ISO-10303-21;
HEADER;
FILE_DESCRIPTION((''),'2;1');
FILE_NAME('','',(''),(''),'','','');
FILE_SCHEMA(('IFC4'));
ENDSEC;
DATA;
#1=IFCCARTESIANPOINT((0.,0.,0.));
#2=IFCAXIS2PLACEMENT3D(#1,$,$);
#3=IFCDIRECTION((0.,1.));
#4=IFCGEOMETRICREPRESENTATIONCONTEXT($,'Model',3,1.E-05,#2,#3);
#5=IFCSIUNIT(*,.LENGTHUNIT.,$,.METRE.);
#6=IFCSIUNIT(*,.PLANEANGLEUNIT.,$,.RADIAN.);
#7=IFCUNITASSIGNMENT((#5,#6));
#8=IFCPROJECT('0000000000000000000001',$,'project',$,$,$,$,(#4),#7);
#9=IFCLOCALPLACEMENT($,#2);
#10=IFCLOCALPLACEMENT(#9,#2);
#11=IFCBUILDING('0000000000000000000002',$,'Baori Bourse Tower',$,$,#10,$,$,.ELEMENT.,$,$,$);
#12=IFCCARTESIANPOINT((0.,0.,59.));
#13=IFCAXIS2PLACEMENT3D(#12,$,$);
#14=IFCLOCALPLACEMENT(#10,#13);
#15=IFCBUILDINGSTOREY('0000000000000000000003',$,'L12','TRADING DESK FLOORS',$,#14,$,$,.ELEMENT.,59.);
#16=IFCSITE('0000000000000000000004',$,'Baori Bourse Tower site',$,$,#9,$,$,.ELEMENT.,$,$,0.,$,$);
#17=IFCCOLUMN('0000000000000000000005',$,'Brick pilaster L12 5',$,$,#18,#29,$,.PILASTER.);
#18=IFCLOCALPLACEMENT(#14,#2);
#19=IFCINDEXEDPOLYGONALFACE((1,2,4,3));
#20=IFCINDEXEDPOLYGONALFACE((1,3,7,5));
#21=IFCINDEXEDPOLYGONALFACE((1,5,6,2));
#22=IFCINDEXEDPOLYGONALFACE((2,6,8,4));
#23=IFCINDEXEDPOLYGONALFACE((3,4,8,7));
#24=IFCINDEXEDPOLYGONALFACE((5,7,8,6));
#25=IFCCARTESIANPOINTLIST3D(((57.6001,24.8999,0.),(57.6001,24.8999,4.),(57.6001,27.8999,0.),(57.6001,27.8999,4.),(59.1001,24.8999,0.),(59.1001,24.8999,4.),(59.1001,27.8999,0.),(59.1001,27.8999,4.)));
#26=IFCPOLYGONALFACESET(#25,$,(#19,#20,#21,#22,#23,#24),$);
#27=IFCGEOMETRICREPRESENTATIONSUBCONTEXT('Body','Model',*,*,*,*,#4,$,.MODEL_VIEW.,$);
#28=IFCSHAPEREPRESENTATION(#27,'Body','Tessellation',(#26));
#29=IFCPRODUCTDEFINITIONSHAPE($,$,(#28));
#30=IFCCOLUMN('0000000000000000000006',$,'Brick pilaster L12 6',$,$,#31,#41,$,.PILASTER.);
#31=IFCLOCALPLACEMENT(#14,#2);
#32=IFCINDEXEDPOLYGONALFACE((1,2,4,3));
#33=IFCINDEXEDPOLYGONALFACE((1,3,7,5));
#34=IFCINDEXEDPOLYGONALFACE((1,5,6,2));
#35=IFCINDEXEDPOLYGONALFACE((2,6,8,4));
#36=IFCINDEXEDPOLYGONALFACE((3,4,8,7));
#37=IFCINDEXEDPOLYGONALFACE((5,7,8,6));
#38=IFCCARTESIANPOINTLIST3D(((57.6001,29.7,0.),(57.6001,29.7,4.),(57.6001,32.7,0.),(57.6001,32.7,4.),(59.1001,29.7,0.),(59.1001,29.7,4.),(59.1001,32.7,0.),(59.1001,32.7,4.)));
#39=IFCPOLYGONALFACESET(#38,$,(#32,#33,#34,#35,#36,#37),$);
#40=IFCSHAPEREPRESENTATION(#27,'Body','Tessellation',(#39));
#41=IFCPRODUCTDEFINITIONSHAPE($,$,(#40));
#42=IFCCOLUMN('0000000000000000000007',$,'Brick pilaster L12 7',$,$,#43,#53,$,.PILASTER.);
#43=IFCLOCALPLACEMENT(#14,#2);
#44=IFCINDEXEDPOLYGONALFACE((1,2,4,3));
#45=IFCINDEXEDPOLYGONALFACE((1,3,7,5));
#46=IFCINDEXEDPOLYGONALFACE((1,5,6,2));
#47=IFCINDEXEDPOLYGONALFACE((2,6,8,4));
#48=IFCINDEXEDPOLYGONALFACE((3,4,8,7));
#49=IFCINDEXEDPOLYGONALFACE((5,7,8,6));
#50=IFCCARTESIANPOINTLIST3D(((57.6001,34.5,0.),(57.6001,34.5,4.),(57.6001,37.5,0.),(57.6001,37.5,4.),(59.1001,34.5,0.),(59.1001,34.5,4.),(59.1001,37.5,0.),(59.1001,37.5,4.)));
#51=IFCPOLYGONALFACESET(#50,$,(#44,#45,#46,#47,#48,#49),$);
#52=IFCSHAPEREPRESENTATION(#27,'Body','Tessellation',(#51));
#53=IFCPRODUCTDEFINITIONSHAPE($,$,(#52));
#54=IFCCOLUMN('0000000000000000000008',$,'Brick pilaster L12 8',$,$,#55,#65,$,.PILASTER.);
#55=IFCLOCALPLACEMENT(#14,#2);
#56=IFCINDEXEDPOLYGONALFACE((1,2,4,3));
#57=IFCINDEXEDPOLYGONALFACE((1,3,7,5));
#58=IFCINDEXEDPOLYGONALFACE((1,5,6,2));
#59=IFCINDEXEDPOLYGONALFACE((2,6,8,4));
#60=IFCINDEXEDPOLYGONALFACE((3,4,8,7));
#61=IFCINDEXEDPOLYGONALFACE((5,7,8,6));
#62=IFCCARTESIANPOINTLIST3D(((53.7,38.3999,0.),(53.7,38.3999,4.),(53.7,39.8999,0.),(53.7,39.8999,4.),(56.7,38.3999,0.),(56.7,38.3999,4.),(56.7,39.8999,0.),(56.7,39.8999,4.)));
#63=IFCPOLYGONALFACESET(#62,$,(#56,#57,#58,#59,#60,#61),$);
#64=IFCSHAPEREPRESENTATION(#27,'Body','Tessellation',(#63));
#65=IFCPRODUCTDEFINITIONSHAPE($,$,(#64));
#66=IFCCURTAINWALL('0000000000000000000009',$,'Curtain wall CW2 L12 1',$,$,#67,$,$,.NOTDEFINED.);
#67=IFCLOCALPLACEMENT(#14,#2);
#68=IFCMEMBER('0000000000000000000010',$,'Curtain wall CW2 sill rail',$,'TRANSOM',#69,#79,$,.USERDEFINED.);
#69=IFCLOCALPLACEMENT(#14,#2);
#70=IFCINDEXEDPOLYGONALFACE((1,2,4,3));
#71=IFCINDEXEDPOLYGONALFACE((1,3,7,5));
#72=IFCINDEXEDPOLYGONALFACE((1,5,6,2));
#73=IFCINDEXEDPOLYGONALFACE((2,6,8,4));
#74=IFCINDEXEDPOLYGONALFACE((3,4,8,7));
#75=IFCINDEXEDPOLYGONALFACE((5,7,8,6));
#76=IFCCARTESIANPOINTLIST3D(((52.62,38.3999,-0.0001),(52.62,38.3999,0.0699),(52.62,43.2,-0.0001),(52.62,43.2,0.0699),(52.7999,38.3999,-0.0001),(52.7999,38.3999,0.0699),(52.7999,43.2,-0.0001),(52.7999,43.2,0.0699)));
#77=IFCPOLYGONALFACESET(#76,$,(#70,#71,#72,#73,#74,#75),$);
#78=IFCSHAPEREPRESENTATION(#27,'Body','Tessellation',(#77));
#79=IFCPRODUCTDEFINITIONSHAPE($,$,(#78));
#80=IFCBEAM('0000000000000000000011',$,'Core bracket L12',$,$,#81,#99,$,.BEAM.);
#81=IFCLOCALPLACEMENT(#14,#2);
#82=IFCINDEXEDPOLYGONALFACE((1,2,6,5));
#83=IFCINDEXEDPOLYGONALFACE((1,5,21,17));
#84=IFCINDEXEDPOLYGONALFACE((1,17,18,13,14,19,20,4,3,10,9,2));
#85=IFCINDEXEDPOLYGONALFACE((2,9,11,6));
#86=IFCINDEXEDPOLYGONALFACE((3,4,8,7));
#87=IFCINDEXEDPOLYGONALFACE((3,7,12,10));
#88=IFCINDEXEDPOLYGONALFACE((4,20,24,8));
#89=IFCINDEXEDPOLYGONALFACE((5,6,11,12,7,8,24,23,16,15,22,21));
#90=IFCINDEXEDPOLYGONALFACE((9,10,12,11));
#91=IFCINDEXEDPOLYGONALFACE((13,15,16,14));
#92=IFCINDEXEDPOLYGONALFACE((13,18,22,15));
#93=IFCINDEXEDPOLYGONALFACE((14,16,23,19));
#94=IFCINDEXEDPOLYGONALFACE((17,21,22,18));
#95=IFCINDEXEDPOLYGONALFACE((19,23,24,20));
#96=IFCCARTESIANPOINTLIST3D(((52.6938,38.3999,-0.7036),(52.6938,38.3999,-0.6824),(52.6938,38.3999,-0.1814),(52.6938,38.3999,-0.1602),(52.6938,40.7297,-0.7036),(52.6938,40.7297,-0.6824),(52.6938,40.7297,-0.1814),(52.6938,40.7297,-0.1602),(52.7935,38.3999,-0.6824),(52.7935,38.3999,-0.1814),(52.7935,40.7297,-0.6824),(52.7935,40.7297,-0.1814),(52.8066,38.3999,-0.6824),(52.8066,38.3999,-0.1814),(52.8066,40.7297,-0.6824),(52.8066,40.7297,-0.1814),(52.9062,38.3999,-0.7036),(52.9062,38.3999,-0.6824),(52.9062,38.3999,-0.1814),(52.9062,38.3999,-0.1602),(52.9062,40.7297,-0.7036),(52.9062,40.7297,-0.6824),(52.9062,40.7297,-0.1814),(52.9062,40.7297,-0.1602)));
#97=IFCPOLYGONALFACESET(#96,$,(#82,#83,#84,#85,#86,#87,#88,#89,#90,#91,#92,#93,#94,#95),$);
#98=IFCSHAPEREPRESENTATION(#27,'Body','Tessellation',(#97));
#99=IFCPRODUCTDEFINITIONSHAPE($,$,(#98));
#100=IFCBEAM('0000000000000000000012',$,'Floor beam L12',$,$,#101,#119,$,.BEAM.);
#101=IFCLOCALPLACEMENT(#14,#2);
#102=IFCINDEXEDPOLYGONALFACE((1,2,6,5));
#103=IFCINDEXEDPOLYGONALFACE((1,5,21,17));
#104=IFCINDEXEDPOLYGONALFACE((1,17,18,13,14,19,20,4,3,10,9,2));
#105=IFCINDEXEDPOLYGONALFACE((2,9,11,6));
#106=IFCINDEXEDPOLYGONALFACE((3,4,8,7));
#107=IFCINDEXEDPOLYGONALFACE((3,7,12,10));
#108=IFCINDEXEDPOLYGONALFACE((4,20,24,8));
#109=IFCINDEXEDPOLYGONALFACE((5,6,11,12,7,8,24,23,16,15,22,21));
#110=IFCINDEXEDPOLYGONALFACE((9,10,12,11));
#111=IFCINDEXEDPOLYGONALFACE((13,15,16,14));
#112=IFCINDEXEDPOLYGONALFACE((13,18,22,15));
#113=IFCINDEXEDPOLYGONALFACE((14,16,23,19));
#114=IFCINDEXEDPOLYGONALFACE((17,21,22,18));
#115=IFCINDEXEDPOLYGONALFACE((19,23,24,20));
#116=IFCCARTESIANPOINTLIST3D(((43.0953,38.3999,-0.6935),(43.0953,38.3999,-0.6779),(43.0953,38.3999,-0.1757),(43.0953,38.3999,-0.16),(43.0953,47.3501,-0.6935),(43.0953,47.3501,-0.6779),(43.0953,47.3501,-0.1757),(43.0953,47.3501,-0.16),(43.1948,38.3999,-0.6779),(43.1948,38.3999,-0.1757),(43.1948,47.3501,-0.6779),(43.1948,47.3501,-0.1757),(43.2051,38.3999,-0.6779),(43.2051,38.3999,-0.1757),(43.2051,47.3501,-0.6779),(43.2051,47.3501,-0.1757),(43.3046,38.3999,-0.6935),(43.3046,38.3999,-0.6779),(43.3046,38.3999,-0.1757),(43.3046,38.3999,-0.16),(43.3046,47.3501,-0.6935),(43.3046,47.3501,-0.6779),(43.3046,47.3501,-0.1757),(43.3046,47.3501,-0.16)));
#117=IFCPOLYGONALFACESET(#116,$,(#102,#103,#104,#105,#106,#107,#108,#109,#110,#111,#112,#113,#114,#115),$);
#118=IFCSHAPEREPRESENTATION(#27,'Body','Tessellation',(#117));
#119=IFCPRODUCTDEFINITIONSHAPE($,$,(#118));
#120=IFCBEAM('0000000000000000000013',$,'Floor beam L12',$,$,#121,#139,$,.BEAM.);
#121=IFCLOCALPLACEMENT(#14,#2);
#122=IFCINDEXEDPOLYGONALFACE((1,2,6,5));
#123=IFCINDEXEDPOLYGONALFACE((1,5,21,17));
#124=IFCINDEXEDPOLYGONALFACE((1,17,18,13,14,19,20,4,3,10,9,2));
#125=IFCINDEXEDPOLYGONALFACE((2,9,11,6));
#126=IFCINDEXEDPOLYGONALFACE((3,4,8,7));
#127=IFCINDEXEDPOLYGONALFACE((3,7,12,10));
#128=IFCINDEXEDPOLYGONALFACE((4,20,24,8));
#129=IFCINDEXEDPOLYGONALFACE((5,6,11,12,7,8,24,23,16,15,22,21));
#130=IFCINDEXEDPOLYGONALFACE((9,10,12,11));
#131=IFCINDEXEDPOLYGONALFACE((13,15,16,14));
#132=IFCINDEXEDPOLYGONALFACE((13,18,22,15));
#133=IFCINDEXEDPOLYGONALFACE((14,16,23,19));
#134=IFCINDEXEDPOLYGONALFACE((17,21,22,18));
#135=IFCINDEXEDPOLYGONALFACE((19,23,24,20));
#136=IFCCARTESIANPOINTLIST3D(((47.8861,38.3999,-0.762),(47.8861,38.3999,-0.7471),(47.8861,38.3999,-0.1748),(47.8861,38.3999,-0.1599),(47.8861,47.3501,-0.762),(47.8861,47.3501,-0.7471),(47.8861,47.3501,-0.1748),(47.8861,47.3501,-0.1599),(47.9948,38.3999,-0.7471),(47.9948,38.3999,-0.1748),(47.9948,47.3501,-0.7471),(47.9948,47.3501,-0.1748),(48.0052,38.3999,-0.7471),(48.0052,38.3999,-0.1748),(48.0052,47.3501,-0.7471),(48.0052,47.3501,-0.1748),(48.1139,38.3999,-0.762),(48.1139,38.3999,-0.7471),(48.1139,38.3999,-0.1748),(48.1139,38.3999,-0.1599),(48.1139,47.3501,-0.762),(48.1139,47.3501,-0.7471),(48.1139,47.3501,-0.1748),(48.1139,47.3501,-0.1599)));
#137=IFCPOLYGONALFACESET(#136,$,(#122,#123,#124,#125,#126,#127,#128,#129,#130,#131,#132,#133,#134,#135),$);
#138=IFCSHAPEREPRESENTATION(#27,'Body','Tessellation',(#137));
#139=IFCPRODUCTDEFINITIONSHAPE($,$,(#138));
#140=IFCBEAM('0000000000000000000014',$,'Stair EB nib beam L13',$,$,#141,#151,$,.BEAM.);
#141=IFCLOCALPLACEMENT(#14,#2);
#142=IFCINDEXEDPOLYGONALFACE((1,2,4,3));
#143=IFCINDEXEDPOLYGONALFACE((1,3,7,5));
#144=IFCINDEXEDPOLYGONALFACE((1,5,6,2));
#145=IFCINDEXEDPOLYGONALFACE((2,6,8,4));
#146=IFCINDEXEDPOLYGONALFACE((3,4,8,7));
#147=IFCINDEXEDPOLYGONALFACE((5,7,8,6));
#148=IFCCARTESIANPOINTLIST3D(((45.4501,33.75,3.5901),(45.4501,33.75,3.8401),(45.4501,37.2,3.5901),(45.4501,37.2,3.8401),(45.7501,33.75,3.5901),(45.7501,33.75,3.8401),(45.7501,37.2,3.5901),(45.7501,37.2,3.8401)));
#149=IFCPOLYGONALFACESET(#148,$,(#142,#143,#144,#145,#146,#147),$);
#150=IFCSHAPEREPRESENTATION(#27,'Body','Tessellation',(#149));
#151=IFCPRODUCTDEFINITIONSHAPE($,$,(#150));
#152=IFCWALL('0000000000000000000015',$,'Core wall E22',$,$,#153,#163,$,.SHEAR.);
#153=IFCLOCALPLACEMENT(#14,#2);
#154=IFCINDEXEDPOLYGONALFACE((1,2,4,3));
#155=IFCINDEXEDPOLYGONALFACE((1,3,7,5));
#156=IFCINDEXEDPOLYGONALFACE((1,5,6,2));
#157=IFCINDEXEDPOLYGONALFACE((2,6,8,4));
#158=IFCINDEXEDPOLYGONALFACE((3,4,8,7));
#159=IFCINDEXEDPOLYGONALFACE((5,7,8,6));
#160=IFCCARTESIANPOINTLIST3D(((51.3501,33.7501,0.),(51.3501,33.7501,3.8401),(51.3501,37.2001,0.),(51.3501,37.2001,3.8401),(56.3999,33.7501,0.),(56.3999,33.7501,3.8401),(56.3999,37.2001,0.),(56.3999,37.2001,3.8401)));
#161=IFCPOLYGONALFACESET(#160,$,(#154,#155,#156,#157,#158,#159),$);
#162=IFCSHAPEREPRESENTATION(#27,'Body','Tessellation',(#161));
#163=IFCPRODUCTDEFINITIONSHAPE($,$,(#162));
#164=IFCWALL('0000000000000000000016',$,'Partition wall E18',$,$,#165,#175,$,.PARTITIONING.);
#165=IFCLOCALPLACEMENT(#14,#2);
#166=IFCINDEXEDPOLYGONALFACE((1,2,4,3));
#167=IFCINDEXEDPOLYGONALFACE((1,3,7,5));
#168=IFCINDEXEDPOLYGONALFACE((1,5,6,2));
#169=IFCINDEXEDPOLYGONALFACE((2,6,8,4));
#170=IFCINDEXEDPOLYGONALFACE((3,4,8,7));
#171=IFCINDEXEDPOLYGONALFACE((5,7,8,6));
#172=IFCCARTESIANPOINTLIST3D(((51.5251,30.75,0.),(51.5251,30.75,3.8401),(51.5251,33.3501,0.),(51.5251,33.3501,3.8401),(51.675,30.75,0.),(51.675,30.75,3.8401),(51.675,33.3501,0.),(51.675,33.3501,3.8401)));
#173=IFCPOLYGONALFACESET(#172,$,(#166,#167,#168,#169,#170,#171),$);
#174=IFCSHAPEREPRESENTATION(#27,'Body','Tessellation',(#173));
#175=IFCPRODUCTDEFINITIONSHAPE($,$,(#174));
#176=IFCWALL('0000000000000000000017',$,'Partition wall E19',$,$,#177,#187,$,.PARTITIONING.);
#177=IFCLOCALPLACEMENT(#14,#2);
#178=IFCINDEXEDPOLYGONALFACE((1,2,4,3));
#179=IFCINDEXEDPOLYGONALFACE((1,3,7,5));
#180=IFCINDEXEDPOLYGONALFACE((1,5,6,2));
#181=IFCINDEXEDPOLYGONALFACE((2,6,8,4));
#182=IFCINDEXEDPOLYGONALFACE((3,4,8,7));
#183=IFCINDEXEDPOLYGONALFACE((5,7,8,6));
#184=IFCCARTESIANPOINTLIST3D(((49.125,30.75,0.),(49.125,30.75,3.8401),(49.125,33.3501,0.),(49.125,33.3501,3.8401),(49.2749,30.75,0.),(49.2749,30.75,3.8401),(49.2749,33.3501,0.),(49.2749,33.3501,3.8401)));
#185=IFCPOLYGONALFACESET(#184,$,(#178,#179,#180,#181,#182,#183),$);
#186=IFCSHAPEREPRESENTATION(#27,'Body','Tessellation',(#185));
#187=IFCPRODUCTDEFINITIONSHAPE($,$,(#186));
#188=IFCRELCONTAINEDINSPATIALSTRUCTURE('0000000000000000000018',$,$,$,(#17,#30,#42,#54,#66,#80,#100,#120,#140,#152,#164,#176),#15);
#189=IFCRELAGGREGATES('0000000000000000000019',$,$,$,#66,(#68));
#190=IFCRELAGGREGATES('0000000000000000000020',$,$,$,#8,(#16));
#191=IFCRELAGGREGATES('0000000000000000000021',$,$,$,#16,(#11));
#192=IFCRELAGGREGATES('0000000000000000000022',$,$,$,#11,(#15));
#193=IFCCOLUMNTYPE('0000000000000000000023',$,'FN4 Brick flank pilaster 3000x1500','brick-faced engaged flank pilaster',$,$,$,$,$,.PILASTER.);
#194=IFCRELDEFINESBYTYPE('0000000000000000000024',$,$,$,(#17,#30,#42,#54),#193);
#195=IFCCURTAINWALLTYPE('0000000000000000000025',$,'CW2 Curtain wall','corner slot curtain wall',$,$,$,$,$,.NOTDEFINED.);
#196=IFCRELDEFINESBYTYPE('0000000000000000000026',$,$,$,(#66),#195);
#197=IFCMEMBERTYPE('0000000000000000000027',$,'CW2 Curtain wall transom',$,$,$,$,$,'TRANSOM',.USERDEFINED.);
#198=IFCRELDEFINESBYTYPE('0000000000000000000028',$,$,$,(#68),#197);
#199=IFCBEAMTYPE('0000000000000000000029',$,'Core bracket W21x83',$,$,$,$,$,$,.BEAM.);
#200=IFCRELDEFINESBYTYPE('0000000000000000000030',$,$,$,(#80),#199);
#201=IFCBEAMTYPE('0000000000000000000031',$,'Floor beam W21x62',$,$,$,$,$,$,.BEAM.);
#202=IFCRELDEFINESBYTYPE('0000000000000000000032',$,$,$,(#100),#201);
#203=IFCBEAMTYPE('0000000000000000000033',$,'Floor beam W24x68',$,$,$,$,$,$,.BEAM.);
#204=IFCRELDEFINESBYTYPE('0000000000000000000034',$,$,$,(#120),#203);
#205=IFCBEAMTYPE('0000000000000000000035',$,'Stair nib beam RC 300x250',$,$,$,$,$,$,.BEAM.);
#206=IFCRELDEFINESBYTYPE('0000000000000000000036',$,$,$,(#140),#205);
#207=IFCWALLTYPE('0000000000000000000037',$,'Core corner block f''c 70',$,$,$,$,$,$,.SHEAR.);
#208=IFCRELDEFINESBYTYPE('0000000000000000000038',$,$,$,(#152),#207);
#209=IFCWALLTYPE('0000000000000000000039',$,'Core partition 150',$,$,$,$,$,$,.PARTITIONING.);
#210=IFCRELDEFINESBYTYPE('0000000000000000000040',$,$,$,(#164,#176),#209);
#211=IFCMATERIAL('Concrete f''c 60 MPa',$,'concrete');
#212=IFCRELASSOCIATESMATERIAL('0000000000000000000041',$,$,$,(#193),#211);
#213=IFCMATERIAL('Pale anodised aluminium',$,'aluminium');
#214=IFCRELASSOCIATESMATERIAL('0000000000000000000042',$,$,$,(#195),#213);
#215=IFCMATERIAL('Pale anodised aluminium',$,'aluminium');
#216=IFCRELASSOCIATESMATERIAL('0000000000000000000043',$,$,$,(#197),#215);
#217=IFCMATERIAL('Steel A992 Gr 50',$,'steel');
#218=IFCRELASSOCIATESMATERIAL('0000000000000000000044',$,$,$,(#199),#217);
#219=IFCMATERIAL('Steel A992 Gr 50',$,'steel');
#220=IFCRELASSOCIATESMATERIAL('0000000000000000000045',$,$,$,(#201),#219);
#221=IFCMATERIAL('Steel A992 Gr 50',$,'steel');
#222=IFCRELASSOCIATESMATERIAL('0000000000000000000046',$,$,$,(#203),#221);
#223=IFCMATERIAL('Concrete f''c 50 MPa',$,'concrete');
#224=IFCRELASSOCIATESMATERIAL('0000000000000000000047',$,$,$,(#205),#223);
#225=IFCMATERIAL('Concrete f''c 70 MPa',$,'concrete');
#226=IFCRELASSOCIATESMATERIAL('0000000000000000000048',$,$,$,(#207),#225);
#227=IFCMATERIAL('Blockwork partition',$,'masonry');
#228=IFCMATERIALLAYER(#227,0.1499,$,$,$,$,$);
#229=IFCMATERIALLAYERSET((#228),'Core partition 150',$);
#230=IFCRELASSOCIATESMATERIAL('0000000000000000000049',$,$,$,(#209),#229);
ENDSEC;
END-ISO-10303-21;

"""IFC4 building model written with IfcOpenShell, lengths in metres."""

from ifc_helpers import new_model, si_unit, direction, frame, frame_2d, origin, origin_2d, place, context, subcontext, project, spatial, rectangle, i_section, extrude, material, layer, layer_set, material_profile, profile_set, type_object, element, aggregate, save


model = new_model("IFC4")

# Units and contexts
model_context = context("Model", 3, precision=1e-05, world=origin(), true_north=direction((0.0, 1.0)))
body_context = subcontext(model_context, "Body", "Model", "MODEL_VIEW")
ifc_project = project(units=[si_unit("LENGTHUNIT", "METRE"), si_unit("PLANEANGLEUNIT", "RADIAN")], contexts=[model_context])

# Site, building, storey
site_placement = place(None, origin())
site = spatial("IfcSite", under=ifc_project, at=site_placement, Name="Baori Bourse Tower site", CompositionType="ELEMENT", RefElevation=0.0)
building_placement = place(site_placement, origin())
building = spatial("IfcBuilding", under=site, at=building_placement, Name="Baori Bourse Tower", CompositionType="ELEMENT")
storey_placement = place(building_placement, frame((0.0, 0.0, 59.0)))
storey = spatial("IfcBuildingStorey", under=building, at=storey_placement, Name="L12", Description="TRADING DESK FLOORS", CompositionType="ELEMENT", Elevation=59.0)

# Columns
ifc_material_1 = material(Name="Concrete f'c 60 MPa", Category="concrete")
ifc_material_profile_1 = material_profile(ifc_material_1, rectangle(XDim=3.0, YDim=1.5, at=origin_2d()), Name="RC 3000x1500")
ifc_profile_set_1 = profile_set([ifc_material_profile_1], Name="Concrete f'c 60 MPa")
column_type = type_object("IfcColumnType", Name="FN4 Brick flank pilaster 3000x1500", Description="brick-faced engaged flank pilaster", PredefinedType="PILASTER", material=ifc_profile_set_1)
for number, where, z_axis, x_axis, name in (
    (1, (58.3501, 26.3999, 0.0), (0.0, 0.0, 1.0), (0.0, 1.0, 0.0), "Brick pilaster L12 5"),
    (2, (58.3501, 31.2, 0.0), (0.0, 0.0, 1.0), (0.0, 1.0, 0.0), "Brick pilaster L12 6"),
    (3, (58.3501, 36.0, 0.0), (0.0, 0.0, 1.0), (0.0, 1.0, 0.0), "Brick pilaster L12 7"),
    (4, (55.2, 39.1499, 0.0), (0.0, 0.0, 1.0), (1.0, 0.0, 0.0), "Brick pilaster L12 8"),
):
    element("IfcColumn", number, at=place(storey_placement, frame(where, z_axis=z_axis, x_axis=x_axis)), inside=storey, type_object=column_type, Name=name, PredefinedType="PILASTER", context=body_context, shape_type="SweptSolid", body=[
        extrude(rectangle(XDim=3.0, YDim=1.5, at=origin_2d()), origin(), (0.0, 0.0, 1.0), 4.0),
    ])

# Curtain wall, member
ifc_material_2 = material(Name="Pale anodised aluminium", Category="aluminium")
curtain_wall_type = type_object("IfcCurtainWallType", Name="CW2 Curtain wall", Description="corner slot curtain wall", PredefinedType="NOTDEFINED", material=ifc_material_2)
curtain_wall_placement = place(storey_placement, origin())
curtain_wall = element("IfcCurtainWall", 5, at=curtain_wall_placement, inside=storey, type_object=curtain_wall_type, Name="Curtain wall CW2 L12 1", PredefinedType="NOTDEFINED")
ifc_material_3 = material(Name="Pale anodised aluminium", Category="aluminium")
ifc_material_profile_2 = material_profile(ifc_material_3, rectangle(XDim=0.1799, YDim=0.0701, at=origin_2d()), Name="Transom 70x180")
ifc_profile_set_2 = profile_set([ifc_material_profile_2], Name="Pale anodised aluminium")
member_type = type_object("IfcMemberType", Name="CW2 Curtain wall transom", ElementType="TRANSOM", PredefinedType="USERDEFINED", material=ifc_profile_set_2)
member_placement = place(storey_placement, frame((52.71, 38.3999, 0.0349), z_axis=(0.0, 1.0, 0.0), x_axis=(-1.0, 0.0, 0.0)))
member = element("IfcMember", 6, at=member_placement, type_object=member_type, Name="Curtain wall CW2 sill rail", ObjectType="TRANSOM", PredefinedType="USERDEFINED", context=body_context, shape_type="SweptSolid", body=[
    extrude(rectangle(XDim=0.1799, YDim=0.0701, at=origin_2d()), origin(), (0.0, 0.0, 1.0), 4.8),
])
aggregate(curtain_wall, [member])

# Beams
ifc_material_4 = material(Name="Steel A992 Gr 50", Category="steel")
ifc_material_profile_3 = material_profile(ifc_material_4, i_section(OverallWidth=0.2124, OverallDepth=0.5435, WebThickness=0.0132, FlangeThickness=0.0212, at=origin_2d()), Name="W21x83")
ifc_profile_set_3 = profile_set([ifc_material_profile_3], Name="Steel A992 Gr 50")
beam_type_1 = type_object("IfcBeamType", Name="Core bracket W21x83", PredefinedType="BEAM", material=ifc_profile_set_3)
beam_1_placement = place(storey_placement, frame((52.8, 38.3999, -0.4319), z_axis=(0.0, 1.0, 0.0), x_axis=(-1.0, 0.0, 0.0)))
element("IfcBeam", 7, at=beam_1_placement, inside=storey, type_object=beam_type_1, Name="Core bracket L12", PredefinedType="BEAM", context=body_context, shape_type="SweptSolid", body=[
    extrude(i_section(OverallWidth=0.2124, OverallDepth=0.5435, WebThickness=0.0132, FlangeThickness=0.0212, at=origin_2d()), origin(), (0.0, 0.0, 1.0), 2.3298),
])
ifc_material_5 = material(Name="Steel A992 Gr 50", Category="steel")
ifc_material_profile_4 = material_profile(ifc_material_5, i_section(OverallWidth=0.2092, OverallDepth=0.5334, WebThickness=0.0103, FlangeThickness=0.0156, at=origin_2d()), Name="W21x62")
ifc_profile_set_4 = profile_set([ifc_material_profile_4], Name="Steel A992 Gr 50")
beam_type_2 = type_object("IfcBeamType", Name="Floor beam W21x62", PredefinedType="BEAM", material=ifc_profile_set_4)
beam_2_placement = place(storey_placement, frame((43.2, 38.3999, -0.4268), z_axis=(0.0, 1.0, 0.0), x_axis=(-1.0, 0.0, 0.0)))
element("IfcBeam", 8, at=beam_2_placement, inside=storey, type_object=beam_type_2, Name="Floor beam L12", PredefinedType="BEAM", context=body_context, shape_type="SweptSolid", body=[
    extrude(i_section(OverallWidth=0.2092, OverallDepth=0.5334, WebThickness=0.0103, FlangeThickness=0.0156, at=origin_2d()), origin(), (0.0, 0.0, 1.0), 8.9502),
])
ifc_material_6 = material(Name="Steel A992 Gr 50", Category="steel")
ifc_material_profile_5 = material_profile(ifc_material_6, i_section(OverallWidth=0.2278, OverallDepth=0.6021, WebThickness=0.0105, FlangeThickness=0.0149, at=origin_2d()), Name="W24x68")
ifc_profile_set_5 = profile_set([ifc_material_profile_5], Name="Steel A992 Gr 50")
beam_type_3 = type_object("IfcBeamType", Name="Floor beam W24x68", PredefinedType="BEAM", material=ifc_profile_set_5)
beam_3_placement = place(storey_placement, frame((48.0, 38.3999, -0.4609), z_axis=(0.0, 1.0, 0.0), x_axis=(-1.0, 0.0, 0.0)))
element("IfcBeam", 9, at=beam_3_placement, inside=storey, type_object=beam_type_3, Name="Floor beam L12", PredefinedType="BEAM", context=body_context, shape_type="SweptSolid", body=[
    extrude(i_section(OverallWidth=0.2278, OverallDepth=0.6021, WebThickness=0.0105, FlangeThickness=0.0149, at=origin_2d()), origin(), (0.0, 0.0, 1.0), 8.9502),
])
ifc_material_7 = material(Name="Concrete f'c 50 MPa", Category="concrete")
ifc_material_profile_6 = material_profile(ifc_material_7, rectangle(XDim=0.3, YDim=0.25, at=origin_2d()), Name="RC 300x250")
ifc_profile_set_6 = profile_set([ifc_material_profile_6], Name="Concrete f'c 50 MPa")
beam_type_4 = type_object("IfcBeamType", Name="Stair nib beam RC 300x250", PredefinedType="BEAM", material=ifc_profile_set_6)
beam_4_placement = place(storey_placement, frame((45.6001, 33.75, 3.7151), z_axis=(0.0, 1.0, 0.0), x_axis=(-1.0, 0.0, 0.0)))
element("IfcBeam", 10, at=beam_4_placement, inside=storey, type_object=beam_type_4, Name="Stair EB nib beam L13", PredefinedType="BEAM", context=body_context, shape_type="SweptSolid", body=[
    extrude(rectangle(XDim=0.3, YDim=0.25, at=origin_2d()), origin(), (0.0, 0.0, 1.0), 3.45),
])

# Walls
ifc_material_8 = material(Name="Concrete f'c 70 MPa", Category="concrete")
wall_type_1 = type_object("IfcWallType", Name="Core corner block f'c 70", PredefinedType="SHEAR", material=ifc_material_8)
wall_1_placement = place(storey_placement, frame((51.3501, 35.4751, 0.0), z_axis=(0.0, 0.0, 1.0), x_axis=(1.0, 0.0, 0.0)))
element("IfcWall", 11, at=wall_1_placement, inside=storey, type_object=wall_type_1, Name="Core wall E22", PredefinedType="SHEAR", context=body_context, shape_type="SweptSolid", body=[
    extrude(rectangle(XDim=5.0498, YDim=3.45, at=frame_2d((2.5249, 0.0))), origin(), (0.0, 0.0, 1.0), 3.8401),
])
ifc_material_9 = material(Name="Blockwork partition", Category="masonry")
ifc_layer_1 = layer(ifc_material_9, 0.1499)
ifc_layer_set_1 = layer_set([ifc_layer_1], Name="Core partition 150")
wall_type_2 = type_object("IfcWallType", Name="Core partition 150", PredefinedType="PARTITIONING", material=ifc_layer_set_1)
for number, where, z_axis, x_axis, name in (
    (12, (51.6001, 30.75, 0.0), (0.0, 0.0, 1.0), (0.0, 1.0, 0.0), "Partition wall E18"),
    (13, (49.2, 30.75, 0.0), (0.0, 0.0, 1.0), (0.0, 1.0, 0.0), "Partition wall E19"),
):
    element("IfcWall", number, at=place(storey_placement, frame(where, z_axis=z_axis, x_axis=x_axis)), inside=storey, type_object=wall_type_2, Name=name, PredefinedType="PARTITIONING", context=body_context, shape_type="SweptSolid", body=[
        extrude(rectangle(XDim=2.6001, YDim=0.1499, at=frame_2d((1.3, 0.0))), origin(), (0.0, 0.0, 1.0), 3.8401),
    ])

save(model, "model.ifc")
